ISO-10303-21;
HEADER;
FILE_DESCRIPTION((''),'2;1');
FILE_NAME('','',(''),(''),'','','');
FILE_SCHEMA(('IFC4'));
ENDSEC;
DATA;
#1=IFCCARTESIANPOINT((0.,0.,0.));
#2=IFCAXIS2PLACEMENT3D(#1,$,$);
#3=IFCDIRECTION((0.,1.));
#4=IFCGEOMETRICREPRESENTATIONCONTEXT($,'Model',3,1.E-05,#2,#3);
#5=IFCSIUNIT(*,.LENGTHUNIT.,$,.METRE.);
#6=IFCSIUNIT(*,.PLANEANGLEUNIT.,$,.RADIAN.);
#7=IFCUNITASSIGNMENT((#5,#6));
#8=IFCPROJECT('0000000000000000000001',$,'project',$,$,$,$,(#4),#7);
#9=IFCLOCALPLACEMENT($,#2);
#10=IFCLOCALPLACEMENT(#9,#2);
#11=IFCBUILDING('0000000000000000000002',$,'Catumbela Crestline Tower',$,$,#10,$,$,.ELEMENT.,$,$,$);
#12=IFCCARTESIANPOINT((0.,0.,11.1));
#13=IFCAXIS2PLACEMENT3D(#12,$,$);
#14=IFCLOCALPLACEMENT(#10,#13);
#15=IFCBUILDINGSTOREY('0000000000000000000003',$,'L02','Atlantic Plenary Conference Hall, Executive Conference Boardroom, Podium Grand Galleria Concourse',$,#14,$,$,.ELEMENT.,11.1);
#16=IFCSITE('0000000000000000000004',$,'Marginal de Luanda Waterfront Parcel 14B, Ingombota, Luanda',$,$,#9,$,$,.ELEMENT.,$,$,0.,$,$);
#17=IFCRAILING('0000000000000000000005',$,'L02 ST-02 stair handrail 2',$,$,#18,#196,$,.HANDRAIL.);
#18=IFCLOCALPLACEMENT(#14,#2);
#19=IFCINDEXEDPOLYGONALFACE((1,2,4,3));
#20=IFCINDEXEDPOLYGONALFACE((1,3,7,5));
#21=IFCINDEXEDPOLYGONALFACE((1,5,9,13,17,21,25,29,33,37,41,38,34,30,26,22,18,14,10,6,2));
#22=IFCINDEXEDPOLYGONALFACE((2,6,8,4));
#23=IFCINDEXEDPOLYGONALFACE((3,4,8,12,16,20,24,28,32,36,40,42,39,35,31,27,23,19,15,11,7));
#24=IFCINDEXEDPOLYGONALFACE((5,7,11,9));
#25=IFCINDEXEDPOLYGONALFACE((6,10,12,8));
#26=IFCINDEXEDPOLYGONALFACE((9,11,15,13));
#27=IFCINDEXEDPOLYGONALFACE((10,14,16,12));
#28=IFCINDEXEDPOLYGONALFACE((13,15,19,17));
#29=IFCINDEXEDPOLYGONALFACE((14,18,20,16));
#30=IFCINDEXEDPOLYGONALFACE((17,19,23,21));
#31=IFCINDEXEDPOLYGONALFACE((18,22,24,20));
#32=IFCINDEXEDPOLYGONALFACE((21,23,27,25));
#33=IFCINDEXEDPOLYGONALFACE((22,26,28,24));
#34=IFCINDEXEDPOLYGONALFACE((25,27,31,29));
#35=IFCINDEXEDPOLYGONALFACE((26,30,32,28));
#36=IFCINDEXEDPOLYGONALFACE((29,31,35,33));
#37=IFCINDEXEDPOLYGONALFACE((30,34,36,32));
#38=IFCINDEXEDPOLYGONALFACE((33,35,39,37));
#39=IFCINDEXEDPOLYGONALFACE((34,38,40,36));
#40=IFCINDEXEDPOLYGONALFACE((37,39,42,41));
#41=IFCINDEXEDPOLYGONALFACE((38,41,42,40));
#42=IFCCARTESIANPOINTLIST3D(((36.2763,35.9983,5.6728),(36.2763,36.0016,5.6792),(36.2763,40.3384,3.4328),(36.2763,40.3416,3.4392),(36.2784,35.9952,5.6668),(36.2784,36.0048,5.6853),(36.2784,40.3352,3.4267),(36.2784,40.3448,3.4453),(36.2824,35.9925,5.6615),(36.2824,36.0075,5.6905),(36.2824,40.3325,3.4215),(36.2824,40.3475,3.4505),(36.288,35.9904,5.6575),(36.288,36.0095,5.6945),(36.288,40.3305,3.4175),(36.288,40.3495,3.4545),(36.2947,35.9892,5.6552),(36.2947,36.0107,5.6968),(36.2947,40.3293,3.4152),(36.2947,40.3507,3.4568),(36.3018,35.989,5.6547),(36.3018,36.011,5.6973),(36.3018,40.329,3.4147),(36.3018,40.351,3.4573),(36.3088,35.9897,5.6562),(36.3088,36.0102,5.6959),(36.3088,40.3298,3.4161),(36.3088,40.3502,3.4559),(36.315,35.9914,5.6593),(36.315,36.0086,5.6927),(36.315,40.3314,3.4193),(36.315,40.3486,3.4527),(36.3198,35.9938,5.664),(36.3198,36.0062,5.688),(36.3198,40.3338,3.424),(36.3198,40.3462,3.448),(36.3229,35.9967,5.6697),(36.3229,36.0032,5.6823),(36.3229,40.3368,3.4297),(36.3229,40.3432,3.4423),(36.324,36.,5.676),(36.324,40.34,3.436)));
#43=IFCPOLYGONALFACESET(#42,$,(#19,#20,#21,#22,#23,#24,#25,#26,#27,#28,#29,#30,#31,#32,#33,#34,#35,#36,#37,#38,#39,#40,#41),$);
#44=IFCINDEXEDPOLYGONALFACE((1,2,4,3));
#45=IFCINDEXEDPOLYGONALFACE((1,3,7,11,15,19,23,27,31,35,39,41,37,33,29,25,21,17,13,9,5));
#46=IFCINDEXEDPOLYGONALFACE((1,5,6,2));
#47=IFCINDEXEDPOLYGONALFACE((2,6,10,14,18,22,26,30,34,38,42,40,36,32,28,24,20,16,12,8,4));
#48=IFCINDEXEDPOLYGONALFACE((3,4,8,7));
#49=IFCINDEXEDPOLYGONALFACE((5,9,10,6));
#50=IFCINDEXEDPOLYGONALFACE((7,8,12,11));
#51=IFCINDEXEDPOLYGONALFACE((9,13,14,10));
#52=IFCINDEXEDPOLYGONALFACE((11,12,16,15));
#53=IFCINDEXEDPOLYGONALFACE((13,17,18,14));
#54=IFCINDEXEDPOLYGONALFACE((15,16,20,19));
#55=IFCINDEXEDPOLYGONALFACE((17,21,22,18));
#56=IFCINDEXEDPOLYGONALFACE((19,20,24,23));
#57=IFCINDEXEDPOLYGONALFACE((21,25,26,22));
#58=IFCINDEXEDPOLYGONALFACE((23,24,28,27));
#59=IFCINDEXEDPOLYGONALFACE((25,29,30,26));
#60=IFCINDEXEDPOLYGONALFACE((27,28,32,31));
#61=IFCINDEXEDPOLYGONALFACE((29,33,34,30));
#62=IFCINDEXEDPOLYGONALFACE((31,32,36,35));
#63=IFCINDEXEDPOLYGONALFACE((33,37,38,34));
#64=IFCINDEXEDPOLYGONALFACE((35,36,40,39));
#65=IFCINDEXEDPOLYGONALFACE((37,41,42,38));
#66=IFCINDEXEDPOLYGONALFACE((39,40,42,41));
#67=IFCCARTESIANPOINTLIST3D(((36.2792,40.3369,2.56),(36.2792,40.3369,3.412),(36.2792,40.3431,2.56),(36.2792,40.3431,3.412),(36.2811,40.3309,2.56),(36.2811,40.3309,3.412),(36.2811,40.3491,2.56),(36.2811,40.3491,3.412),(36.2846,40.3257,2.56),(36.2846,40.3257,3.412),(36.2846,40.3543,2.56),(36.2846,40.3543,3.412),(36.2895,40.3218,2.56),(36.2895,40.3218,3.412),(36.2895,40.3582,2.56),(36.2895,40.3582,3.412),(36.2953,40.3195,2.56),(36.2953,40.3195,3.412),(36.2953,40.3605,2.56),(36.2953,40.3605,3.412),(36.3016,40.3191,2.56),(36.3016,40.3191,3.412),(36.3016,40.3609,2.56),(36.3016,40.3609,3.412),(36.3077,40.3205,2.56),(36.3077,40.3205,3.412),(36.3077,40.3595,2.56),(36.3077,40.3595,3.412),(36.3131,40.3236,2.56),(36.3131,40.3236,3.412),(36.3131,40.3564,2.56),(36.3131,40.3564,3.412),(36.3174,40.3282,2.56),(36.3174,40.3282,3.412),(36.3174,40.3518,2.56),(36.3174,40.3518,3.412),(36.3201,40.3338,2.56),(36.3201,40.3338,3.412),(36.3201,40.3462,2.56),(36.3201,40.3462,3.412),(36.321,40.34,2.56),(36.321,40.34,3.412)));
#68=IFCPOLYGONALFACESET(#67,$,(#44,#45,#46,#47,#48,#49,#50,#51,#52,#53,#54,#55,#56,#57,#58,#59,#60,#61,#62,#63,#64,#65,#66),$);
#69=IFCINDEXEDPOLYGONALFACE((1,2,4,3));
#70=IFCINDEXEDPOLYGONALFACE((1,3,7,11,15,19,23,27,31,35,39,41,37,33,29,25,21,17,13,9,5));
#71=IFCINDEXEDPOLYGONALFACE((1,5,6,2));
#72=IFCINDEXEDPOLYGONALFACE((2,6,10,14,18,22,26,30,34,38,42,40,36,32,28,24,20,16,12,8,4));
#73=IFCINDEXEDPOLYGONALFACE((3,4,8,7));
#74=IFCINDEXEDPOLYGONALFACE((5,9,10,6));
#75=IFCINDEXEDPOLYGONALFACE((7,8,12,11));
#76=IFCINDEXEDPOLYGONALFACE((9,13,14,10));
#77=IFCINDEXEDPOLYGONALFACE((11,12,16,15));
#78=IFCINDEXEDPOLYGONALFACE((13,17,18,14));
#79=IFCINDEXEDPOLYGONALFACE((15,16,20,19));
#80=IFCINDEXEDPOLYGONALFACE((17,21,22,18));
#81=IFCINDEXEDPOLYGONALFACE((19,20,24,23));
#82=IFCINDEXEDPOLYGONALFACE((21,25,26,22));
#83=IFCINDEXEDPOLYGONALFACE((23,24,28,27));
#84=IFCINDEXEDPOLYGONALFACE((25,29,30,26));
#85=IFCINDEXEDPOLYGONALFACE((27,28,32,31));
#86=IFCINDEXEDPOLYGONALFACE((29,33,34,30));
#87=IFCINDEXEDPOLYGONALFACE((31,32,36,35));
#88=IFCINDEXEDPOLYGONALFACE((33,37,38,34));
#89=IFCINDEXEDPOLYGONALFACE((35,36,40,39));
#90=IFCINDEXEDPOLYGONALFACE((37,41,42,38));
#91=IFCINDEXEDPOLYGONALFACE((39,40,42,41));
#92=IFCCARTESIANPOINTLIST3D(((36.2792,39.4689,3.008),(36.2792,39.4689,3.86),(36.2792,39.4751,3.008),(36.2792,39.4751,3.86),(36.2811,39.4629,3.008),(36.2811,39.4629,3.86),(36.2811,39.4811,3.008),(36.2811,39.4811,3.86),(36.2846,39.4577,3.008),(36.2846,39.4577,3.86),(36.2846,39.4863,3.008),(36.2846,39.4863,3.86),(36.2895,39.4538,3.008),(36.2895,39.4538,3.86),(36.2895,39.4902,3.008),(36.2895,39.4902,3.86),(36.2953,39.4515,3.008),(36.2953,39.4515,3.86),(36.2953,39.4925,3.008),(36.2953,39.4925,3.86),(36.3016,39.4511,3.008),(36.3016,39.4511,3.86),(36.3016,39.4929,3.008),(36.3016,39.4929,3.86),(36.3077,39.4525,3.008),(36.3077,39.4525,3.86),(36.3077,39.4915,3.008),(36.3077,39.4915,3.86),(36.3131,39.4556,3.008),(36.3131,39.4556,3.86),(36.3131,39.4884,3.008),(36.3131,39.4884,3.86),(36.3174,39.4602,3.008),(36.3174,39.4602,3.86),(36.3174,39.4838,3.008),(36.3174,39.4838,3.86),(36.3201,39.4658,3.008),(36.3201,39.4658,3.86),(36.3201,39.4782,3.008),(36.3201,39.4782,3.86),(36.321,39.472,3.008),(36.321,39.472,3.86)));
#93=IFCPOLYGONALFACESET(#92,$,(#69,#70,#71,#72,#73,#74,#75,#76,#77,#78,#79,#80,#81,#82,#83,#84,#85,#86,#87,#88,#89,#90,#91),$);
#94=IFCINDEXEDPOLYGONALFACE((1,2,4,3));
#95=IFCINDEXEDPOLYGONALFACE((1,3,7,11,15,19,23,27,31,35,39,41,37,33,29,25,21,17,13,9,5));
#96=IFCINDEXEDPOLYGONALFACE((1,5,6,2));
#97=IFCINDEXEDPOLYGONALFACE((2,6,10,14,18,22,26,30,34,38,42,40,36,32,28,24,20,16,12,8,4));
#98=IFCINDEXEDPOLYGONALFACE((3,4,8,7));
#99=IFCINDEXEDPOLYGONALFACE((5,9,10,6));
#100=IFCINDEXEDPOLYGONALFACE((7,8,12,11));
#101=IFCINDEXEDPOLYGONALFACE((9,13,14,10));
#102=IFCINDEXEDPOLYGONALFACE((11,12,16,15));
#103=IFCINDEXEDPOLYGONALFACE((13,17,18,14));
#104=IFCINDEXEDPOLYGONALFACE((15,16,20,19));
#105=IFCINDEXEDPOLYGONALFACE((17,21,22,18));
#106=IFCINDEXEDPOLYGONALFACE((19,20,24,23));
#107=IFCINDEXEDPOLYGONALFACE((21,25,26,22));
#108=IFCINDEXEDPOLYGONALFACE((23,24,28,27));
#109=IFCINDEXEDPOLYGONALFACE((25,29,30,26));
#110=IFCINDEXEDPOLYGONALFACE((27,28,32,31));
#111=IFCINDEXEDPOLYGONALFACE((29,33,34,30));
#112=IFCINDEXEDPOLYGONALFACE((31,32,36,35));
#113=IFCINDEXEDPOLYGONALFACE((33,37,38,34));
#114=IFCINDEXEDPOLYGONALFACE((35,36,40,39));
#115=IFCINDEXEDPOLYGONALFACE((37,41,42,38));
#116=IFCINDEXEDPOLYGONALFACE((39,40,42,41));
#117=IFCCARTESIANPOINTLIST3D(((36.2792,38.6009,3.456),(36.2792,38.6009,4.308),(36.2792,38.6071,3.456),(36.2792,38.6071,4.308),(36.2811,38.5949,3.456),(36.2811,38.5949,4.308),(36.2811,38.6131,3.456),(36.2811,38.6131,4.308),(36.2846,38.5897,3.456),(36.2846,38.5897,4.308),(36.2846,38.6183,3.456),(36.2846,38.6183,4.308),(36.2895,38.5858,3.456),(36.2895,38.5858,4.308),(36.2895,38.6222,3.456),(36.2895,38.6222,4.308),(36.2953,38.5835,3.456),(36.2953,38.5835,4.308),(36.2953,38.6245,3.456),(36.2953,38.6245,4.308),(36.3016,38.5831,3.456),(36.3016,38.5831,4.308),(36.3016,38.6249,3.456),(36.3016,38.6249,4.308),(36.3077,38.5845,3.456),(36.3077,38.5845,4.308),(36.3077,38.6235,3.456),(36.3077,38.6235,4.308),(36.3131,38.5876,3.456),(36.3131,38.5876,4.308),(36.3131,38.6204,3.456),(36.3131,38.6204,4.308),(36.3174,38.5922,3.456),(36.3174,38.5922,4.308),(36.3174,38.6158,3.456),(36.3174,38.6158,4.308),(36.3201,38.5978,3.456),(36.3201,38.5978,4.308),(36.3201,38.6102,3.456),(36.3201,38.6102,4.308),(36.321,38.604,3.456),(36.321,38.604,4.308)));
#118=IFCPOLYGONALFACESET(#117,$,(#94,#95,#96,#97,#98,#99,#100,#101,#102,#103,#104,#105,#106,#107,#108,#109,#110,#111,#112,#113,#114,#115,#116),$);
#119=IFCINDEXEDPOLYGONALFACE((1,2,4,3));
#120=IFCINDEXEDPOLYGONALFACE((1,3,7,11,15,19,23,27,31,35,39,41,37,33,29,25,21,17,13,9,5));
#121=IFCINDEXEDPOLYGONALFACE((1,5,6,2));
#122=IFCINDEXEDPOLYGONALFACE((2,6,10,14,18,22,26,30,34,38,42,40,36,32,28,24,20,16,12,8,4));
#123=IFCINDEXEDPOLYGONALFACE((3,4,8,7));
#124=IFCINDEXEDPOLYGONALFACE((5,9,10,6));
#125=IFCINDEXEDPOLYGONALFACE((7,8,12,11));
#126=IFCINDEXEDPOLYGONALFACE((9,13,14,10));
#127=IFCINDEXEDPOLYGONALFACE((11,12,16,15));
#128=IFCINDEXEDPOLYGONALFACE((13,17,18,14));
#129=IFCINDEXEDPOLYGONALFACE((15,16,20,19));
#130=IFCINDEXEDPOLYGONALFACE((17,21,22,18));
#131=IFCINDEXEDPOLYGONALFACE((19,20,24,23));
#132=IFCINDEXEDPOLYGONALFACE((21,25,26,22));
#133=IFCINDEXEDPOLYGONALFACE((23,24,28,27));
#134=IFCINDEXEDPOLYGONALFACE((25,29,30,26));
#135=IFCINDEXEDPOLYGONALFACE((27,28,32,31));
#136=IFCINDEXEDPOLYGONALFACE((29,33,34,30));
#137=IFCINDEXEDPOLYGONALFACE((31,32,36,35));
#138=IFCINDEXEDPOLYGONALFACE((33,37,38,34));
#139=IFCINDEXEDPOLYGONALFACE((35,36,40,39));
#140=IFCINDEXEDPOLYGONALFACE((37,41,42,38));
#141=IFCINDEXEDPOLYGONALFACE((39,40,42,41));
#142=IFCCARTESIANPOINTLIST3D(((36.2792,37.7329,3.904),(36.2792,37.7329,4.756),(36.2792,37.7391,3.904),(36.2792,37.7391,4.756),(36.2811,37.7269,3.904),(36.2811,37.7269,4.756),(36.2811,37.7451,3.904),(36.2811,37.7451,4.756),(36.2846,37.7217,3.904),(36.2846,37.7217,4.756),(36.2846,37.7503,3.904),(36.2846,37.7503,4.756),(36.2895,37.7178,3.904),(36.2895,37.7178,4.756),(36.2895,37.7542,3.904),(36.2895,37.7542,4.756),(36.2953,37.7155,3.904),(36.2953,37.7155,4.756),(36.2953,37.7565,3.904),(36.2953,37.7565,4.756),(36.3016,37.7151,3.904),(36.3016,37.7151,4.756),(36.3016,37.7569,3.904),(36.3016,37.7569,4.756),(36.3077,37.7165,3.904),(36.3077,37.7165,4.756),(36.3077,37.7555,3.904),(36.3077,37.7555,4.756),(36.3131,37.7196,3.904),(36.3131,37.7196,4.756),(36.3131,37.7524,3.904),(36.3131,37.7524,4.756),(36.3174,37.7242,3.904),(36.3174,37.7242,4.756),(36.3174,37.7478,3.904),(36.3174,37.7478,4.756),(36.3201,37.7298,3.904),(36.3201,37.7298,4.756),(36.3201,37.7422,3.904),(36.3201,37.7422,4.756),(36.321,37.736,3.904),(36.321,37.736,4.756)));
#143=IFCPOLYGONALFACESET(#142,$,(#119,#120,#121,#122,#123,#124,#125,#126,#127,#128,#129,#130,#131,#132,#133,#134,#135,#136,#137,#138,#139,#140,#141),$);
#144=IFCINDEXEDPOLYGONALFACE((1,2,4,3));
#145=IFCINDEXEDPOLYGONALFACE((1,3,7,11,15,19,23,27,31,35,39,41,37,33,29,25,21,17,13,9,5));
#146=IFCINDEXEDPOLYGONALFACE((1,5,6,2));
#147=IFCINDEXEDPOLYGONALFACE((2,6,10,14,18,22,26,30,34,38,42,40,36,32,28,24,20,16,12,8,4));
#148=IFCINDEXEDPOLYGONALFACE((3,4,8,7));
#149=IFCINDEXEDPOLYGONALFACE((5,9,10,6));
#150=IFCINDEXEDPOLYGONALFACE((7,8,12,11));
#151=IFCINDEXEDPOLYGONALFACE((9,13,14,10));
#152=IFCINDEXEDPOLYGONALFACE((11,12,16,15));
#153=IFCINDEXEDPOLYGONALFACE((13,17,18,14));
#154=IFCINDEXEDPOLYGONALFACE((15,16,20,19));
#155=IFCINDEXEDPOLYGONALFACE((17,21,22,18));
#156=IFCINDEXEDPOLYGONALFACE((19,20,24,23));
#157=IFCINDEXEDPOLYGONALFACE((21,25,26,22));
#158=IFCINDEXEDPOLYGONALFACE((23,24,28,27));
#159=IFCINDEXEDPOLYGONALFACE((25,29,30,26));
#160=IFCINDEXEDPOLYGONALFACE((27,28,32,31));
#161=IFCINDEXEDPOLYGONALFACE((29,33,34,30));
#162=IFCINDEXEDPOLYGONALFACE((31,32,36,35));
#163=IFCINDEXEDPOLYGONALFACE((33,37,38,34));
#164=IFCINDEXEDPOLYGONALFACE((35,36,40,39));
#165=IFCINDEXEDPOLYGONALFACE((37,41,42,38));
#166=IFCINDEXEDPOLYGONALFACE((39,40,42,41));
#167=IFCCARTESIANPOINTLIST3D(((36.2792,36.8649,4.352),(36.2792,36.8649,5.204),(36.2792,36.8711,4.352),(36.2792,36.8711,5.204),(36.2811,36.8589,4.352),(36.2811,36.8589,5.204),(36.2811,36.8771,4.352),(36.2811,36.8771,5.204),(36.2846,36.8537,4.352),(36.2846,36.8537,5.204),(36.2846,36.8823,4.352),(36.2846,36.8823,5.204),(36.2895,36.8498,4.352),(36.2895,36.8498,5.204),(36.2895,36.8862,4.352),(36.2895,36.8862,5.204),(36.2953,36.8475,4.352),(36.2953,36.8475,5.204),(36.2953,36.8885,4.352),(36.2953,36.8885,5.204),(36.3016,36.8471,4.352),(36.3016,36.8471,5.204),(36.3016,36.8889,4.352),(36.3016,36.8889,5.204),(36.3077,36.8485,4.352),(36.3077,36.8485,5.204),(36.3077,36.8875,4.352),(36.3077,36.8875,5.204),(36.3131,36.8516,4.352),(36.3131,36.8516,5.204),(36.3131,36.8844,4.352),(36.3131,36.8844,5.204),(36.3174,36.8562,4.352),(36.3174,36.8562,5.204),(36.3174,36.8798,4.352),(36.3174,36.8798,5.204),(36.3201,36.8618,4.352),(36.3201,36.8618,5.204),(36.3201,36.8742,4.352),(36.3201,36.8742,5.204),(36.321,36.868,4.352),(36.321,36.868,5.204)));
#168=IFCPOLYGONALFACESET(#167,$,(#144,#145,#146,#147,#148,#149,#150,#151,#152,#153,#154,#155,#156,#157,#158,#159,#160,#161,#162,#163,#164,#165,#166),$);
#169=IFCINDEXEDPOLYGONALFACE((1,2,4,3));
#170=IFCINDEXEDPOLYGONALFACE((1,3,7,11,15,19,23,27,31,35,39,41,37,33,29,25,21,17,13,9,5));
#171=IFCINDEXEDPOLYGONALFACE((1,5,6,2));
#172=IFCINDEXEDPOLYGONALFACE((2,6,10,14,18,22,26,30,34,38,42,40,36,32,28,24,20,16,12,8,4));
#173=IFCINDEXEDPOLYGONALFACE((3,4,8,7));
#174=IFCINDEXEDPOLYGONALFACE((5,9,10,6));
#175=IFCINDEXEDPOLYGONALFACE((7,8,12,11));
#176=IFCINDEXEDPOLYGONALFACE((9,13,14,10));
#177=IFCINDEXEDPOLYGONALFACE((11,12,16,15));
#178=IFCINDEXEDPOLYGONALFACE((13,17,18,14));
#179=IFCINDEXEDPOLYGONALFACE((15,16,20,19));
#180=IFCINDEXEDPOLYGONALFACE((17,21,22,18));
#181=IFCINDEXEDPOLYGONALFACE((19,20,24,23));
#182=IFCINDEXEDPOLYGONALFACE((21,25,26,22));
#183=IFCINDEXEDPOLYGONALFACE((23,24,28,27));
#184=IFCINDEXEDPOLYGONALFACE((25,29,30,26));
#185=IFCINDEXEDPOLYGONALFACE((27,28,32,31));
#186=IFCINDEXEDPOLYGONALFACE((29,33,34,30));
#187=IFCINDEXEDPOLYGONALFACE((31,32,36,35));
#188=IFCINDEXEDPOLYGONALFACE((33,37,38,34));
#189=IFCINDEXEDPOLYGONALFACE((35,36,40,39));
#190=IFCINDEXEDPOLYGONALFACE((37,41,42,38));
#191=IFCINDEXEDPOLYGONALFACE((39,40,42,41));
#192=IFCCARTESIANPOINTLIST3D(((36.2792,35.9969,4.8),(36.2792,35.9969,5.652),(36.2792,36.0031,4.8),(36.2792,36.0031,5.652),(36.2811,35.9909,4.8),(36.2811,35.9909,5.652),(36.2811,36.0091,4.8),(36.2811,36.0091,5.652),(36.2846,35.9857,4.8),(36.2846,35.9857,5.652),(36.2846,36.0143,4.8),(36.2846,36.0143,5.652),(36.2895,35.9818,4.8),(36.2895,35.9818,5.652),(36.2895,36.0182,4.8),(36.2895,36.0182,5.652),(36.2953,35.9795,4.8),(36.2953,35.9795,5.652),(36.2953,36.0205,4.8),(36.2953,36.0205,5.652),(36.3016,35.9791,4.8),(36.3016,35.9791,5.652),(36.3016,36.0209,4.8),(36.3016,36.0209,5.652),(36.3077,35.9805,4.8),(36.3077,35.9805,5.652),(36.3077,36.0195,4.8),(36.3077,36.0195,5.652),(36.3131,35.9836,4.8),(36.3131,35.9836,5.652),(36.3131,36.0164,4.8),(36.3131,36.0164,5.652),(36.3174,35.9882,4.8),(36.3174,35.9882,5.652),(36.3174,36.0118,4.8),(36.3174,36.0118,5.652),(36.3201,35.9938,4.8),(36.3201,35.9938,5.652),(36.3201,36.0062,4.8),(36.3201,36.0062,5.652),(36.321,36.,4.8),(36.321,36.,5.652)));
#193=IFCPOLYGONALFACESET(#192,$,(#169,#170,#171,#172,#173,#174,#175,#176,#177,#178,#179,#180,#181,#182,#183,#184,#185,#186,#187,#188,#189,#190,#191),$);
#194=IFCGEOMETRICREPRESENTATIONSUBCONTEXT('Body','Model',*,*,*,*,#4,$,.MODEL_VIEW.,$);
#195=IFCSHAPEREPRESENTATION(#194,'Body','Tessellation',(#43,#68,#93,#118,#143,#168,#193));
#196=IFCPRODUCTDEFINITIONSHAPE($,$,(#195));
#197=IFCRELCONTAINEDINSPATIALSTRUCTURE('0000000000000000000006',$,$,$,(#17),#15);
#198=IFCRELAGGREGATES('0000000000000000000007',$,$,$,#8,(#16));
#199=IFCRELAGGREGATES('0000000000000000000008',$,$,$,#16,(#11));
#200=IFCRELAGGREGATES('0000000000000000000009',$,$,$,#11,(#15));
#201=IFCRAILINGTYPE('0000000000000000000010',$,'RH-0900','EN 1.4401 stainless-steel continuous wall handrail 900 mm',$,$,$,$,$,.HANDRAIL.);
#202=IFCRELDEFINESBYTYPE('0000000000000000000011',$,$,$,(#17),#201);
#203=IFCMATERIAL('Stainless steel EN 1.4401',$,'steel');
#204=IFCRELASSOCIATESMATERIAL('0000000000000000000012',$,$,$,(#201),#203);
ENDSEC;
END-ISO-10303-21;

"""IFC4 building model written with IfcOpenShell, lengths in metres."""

from ifc_helpers import new_model, si_unit, direction, frame, origin, origin_2d, place, context, subcontext, project, spatial, circle, extrude, material, type_object, element, save


model = new_model("IFC4")

# Units and contexts
model_context = context("Model", 3, precision=1e-05, world=origin(), true_north=direction((0.0, 1.0)))
body_context = subcontext(model_context, "Body", "Model", "MODEL_VIEW")
ifc_project = project(units=[si_unit("LENGTHUNIT", "METRE"), si_unit("PLANEANGLEUNIT", "RADIAN")], contexts=[model_context])

# Site, building, storey
site_placement = place(None, origin())
site = spatial("IfcSite", under=ifc_project, at=site_placement, Name="Marginal de Luanda Waterfront Parcel 14B, Ingombota, Luanda", CompositionType="ELEMENT", RefElevation=0.0)
building_placement = place(site_placement, origin())
building = spatial("IfcBuilding", under=site, at=building_placement, Name="Catumbela Crestline Tower", CompositionType="ELEMENT")
storey_placement = place(building_placement, frame((0.0, 0.0, 11.1)))
storey = spatial("IfcBuildingStorey", under=building, at=storey_placement, Name="L02", Description="Atlantic Plenary Conference Hall, Executive Conference Boardroom, Podium Grand Galleria Concourse", CompositionType="ELEMENT", Elevation=11.1)

# Shared definitions
ifc_material_1 = material(Name="Stainless steel EN 1.4401", Category="steel")

# Railing
railing_type_1 = type_object("IfcRailingType", Name="RH-0900", Description="EN 1.4401 stainless-steel continuous wall handrail 900 mm", PredefinedType="HANDRAIL", material=ifc_material_1)
railing_1_placement = place(storey_placement, frame((36.3, 40.34, 2.56)))
element("IfcRailing", 1, at=railing_1_placement, inside=storey, type_object=railing_type_1, Name="L02 ST-02 stair handrail 2", PredefinedType="HANDRAIL", context=body_context, shape_type="SweptSolid", body=[
    extrude(circle(Radius=0.024, at=origin_2d()), frame((0.0, 0.0, 0.876), z_axis=(0.0, -0.888621, 0.458643), x_axis=(1.0, 0.0, 0.0)), (0.0, 0.0, 1.0), 4.884),
    extrude(circle(Radius=0.021, at=origin_2d()), origin(), (0.0, 0.0, 1.0), 0.852),
    extrude(circle(Radius=0.021, at=origin_2d()), frame((0.0, -0.868, 0.448)), (0.0, 0.0, 1.0), 0.852),
    extrude(circle(Radius=0.021, at=origin_2d()), frame((0.0, -1.736, 0.896)), (0.0, 0.0, 1.0), 0.852),
    extrude(circle(Radius=0.021, at=origin_2d()), frame((0.0, -2.604, 1.344)), (0.0, 0.0, 1.0), 0.852),
    extrude(circle(Radius=0.021, at=origin_2d()), frame((0.0, -3.472, 1.792)), (0.0, 0.0, 1.0), 0.852),
    extrude(circle(Radius=0.021, at=origin_2d()), frame((0.0, -4.34, 2.24)), (0.0, 0.0, 1.0), 0.852),
])

save(model, "model.ifc")
